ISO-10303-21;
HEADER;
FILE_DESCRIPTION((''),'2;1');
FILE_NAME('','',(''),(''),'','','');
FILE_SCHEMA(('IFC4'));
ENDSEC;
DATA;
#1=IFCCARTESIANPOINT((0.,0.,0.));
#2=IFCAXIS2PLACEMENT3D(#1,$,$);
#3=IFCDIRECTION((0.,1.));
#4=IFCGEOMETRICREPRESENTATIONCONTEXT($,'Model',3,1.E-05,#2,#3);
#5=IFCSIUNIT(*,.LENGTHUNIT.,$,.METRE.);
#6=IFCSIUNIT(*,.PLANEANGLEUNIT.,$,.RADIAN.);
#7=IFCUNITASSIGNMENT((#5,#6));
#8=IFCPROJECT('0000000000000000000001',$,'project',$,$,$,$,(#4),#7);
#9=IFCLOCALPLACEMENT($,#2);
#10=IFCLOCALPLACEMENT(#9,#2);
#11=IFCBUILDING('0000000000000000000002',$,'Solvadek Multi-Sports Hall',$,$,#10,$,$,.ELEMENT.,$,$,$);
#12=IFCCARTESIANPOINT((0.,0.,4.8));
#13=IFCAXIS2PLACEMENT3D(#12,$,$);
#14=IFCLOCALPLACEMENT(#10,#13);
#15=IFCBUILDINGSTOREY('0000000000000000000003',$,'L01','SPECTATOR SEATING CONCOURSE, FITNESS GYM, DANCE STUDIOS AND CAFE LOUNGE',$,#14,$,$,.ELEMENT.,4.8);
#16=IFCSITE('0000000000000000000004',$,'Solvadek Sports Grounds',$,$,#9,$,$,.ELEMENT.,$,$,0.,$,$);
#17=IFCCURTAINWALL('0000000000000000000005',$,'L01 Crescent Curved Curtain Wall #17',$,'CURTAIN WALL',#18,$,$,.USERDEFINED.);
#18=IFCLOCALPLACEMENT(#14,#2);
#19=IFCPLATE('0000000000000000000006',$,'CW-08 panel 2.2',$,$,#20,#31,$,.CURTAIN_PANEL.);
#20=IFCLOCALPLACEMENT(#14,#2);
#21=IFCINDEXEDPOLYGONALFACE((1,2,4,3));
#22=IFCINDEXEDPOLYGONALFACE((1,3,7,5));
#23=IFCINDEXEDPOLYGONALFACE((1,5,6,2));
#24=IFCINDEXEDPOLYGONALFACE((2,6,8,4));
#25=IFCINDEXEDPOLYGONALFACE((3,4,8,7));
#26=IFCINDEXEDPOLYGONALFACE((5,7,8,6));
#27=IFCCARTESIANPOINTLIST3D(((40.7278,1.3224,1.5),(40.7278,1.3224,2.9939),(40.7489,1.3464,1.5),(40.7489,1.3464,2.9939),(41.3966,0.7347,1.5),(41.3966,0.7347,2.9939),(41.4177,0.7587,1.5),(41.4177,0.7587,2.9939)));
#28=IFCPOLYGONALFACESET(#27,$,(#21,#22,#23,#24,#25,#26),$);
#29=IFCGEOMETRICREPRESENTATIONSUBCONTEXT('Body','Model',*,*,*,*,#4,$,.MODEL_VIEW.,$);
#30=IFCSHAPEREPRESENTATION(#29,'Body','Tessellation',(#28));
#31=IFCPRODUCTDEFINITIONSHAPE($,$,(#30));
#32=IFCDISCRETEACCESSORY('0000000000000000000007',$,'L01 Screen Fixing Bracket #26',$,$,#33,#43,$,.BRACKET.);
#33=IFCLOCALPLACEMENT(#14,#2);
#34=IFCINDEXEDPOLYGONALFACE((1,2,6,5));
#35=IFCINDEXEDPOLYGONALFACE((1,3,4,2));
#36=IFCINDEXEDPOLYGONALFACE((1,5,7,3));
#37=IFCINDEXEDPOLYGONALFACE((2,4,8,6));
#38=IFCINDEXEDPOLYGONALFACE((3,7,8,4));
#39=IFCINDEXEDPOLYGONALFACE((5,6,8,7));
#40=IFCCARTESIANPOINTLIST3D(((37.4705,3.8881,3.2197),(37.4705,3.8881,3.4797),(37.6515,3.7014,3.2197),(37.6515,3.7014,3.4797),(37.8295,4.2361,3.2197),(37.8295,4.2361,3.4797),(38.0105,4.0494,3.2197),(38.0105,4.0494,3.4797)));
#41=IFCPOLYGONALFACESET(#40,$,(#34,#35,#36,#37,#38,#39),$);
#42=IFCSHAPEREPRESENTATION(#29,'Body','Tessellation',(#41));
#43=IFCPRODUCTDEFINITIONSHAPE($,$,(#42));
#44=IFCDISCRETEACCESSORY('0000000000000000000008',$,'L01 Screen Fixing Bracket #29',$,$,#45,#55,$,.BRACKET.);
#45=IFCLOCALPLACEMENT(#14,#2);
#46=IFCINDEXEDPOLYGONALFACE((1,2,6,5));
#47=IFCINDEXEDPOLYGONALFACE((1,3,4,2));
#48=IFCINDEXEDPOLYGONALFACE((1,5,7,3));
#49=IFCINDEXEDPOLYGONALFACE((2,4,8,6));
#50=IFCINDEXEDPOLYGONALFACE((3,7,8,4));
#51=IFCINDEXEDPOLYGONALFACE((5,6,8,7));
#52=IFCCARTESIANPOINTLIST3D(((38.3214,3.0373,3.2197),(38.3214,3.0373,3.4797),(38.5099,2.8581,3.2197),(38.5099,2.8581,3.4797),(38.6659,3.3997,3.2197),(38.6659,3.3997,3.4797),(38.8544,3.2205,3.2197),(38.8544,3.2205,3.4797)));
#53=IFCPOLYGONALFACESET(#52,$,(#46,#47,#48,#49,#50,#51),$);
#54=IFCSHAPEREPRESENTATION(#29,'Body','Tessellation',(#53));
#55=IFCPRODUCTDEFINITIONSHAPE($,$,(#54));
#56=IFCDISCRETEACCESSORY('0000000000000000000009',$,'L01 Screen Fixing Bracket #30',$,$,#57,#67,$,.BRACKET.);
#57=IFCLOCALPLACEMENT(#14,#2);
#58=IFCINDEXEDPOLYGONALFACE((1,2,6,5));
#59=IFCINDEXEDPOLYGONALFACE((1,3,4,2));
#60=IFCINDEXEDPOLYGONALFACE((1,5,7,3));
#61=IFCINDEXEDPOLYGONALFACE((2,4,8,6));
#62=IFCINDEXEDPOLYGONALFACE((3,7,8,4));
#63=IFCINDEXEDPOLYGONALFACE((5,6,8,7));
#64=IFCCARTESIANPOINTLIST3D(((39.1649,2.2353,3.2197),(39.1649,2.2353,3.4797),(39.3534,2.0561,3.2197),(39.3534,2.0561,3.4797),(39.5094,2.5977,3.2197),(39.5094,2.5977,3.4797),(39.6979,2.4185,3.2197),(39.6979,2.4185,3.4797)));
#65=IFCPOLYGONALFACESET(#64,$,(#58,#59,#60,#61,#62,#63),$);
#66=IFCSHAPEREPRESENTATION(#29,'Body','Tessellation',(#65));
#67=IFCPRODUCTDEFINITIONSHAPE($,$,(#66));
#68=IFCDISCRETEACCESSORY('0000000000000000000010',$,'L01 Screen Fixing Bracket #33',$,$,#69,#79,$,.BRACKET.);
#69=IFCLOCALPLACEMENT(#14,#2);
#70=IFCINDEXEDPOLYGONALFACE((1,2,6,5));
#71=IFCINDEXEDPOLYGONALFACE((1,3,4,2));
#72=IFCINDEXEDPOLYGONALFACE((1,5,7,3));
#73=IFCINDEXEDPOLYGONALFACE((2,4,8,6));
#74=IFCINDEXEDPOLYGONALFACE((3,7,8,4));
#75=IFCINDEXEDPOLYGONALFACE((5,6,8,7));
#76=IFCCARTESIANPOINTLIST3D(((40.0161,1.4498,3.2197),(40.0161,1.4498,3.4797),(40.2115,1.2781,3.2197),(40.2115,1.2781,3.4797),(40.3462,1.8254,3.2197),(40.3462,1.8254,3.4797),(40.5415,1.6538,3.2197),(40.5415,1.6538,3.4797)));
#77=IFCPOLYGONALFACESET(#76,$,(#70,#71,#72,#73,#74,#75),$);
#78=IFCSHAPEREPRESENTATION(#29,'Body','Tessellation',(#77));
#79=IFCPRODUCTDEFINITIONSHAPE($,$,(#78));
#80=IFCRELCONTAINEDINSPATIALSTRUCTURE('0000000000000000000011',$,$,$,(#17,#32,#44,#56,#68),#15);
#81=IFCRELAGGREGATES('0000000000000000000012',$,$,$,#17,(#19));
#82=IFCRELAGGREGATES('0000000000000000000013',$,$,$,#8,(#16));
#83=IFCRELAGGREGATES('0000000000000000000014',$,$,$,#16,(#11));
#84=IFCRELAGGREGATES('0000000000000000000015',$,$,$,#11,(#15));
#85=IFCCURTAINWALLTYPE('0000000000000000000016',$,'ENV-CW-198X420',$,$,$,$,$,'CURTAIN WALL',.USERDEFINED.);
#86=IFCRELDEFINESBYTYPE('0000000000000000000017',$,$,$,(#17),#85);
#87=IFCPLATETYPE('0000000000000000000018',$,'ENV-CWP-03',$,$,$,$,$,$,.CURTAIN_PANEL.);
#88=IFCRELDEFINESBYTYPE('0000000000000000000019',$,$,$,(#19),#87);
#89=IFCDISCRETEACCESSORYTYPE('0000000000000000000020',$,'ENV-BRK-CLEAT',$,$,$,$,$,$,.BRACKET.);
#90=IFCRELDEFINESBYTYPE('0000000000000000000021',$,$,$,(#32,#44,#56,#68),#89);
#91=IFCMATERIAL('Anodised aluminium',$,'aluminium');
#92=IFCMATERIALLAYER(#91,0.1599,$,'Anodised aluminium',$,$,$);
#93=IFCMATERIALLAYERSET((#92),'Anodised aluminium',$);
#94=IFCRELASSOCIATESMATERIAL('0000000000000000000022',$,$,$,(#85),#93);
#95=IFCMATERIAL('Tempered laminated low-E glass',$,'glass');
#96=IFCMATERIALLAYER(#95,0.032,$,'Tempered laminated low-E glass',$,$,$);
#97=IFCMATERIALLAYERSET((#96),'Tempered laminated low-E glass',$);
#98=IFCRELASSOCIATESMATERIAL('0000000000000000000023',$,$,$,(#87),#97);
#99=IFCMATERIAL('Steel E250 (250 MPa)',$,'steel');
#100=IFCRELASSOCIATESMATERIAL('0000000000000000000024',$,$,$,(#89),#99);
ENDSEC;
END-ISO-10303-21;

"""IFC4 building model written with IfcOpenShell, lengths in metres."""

from ifc_helpers import new_model, si_unit, direction, frame, origin, origin_2d, place, context, subcontext, project, spatial, rectangle, extrude, material, layer, layer_set, type_object, element, aggregate, save


model = new_model("IFC4")

# Units and contexts
model_context = context("Model", 3, precision=1e-05, world=origin(), true_north=direction((0.0, 1.0)))
body_context = subcontext(model_context, "Body", "Model", "MODEL_VIEW")
ifc_project = project(units=[si_unit("LENGTHUNIT", "METRE"), si_unit("PLANEANGLEUNIT", "RADIAN")], contexts=[model_context])

# Site, building, storey
site_placement = place(None, origin())
site = spatial("IfcSite", under=ifc_project, at=site_placement, Name="Solvadek Sports Grounds", CompositionType="ELEMENT", RefElevation=0.0)
building_placement = place(site_placement, origin())
building = spatial("IfcBuilding", under=site, at=building_placement, Name="Solvadek Multi-Sports Hall", CompositionType="ELEMENT")
storey_placement = place(building_placement, frame((0.0, 0.0, 4.8)))
storey = spatial("IfcBuildingStorey", under=building, at=storey_placement, Name="L01", Description="SPECTATOR SEATING CONCOURSE, FITNESS GYM, DANCE STUDIOS AND CAFE LOUNGE", CompositionType="ELEMENT", Elevation=4.8)

# Curtain wall
ifc_material_1 = material(Name="Anodised aluminium", Category="aluminium")
ifc_layer_1 = layer(ifc_material_1, 0.1599, Name="Anodised aluminium")
ifc_layer_set_1 = layer_set([ifc_layer_1], Name="Anodised aluminium")
curtain_wall_type_1 = type_object("IfcCurtainWallType", Name="ENV-CW-198X420", ElementType="CURTAIN WALL", PredefinedType="USERDEFINED", material=ifc_layer_set_1)
curtain_wall_1_placement = place(storey_placement, origin())
curtain_wall_1 = element("IfcCurtainWall", 1, at=curtain_wall_1_placement, inside=storey, type_object=curtain_wall_type_1, Name="L01 Crescent Curved Curtain Wall #17", ObjectType="CURTAIN WALL", PredefinedType="USERDEFINED")

# Shared definitions
ifc_material_2 = material(Name="Tempered laminated low-E glass", Category="glass")

# Plate
ifc_layer_2 = layer(ifc_material_2, 0.032, Name="Tempered laminated low-E glass")
ifc_layer_set_2 = layer_set([ifc_layer_2], Name="Tempered laminated low-E glass")
plate_type_1 = type_object("IfcPlateType", Name="ENV-CWP-03", PredefinedType="CURTAIN_PANEL", material=ifc_layer_set_2)
plate_1_placement = place(storey_placement, frame((41.0728, 1.0405, 1.5), z_axis=(0.0, 0.0, 1.0), x_axis=(0.751217, -0.660055, 0.0)))
plate_1 = element("IfcPlate", 2, at=plate_1_placement, type_object=plate_type_1, Name="CW-08 panel 2.2", PredefinedType="CURTAIN_PANEL", context=body_context, shape_type="SweptSolid", body=[
    extrude(rectangle(XDim=0.8904, YDim=0.032, at=origin_2d()), origin(), (0.0, 0.0, 1.0), 1.4939),
])
aggregate(curtain_wall_1, [plate_1])

# Discrete accessories
ifc_material_3 = material(Name="Steel E250 (250 MPa)", Category="steel")
discrete_accessory_type = type_object("IfcDiscreteAccessoryType", Name="ENV-BRK-CLEAT", PredefinedType="BRACKET", material=ifc_material_3)
for number, where, z_axis, x_axis, name in (
    (3, (37.7405, 3.9688, 3.2197), (0.0, 0.0, 1.0), (0.696005, -0.718037, 0.0), "L01 Screen Fixing Bracket #26"),
    (4, (38.5879, 3.1289, 3.2197), (0.0, 0.0, 1.0), (0.724733, -0.689029, 0.0), "L01 Screen Fixing Bracket #29"),
    (5, (39.4314, 2.3269, 3.2197), (0.0, 0.0, 1.0), (0.724733, -0.689029, 0.0), "L01 Screen Fixing Bracket #30"),
    (6, (40.2788, 1.5518, 3.2197), (0.0, 0.0, 1.0), (0.751215, -0.660057, 0.0), "L01 Screen Fixing Bracket #33"),
):
    element("IfcDiscreteAccessory", number, at=place(storey_placement, frame(where, z_axis=z_axis, x_axis=x_axis)), inside=storey, type_object=discrete_accessory_type, Name=name, PredefinedType="BRACKET", context=body_context, shape_type="SweptSolid", body=[
        extrude(rectangle(XDim=0.26, YDim=0.5, at=origin_2d()), origin(), (0.0, 0.0, 1.0), 0.26),
    ])

save(model, "model.ifc")
